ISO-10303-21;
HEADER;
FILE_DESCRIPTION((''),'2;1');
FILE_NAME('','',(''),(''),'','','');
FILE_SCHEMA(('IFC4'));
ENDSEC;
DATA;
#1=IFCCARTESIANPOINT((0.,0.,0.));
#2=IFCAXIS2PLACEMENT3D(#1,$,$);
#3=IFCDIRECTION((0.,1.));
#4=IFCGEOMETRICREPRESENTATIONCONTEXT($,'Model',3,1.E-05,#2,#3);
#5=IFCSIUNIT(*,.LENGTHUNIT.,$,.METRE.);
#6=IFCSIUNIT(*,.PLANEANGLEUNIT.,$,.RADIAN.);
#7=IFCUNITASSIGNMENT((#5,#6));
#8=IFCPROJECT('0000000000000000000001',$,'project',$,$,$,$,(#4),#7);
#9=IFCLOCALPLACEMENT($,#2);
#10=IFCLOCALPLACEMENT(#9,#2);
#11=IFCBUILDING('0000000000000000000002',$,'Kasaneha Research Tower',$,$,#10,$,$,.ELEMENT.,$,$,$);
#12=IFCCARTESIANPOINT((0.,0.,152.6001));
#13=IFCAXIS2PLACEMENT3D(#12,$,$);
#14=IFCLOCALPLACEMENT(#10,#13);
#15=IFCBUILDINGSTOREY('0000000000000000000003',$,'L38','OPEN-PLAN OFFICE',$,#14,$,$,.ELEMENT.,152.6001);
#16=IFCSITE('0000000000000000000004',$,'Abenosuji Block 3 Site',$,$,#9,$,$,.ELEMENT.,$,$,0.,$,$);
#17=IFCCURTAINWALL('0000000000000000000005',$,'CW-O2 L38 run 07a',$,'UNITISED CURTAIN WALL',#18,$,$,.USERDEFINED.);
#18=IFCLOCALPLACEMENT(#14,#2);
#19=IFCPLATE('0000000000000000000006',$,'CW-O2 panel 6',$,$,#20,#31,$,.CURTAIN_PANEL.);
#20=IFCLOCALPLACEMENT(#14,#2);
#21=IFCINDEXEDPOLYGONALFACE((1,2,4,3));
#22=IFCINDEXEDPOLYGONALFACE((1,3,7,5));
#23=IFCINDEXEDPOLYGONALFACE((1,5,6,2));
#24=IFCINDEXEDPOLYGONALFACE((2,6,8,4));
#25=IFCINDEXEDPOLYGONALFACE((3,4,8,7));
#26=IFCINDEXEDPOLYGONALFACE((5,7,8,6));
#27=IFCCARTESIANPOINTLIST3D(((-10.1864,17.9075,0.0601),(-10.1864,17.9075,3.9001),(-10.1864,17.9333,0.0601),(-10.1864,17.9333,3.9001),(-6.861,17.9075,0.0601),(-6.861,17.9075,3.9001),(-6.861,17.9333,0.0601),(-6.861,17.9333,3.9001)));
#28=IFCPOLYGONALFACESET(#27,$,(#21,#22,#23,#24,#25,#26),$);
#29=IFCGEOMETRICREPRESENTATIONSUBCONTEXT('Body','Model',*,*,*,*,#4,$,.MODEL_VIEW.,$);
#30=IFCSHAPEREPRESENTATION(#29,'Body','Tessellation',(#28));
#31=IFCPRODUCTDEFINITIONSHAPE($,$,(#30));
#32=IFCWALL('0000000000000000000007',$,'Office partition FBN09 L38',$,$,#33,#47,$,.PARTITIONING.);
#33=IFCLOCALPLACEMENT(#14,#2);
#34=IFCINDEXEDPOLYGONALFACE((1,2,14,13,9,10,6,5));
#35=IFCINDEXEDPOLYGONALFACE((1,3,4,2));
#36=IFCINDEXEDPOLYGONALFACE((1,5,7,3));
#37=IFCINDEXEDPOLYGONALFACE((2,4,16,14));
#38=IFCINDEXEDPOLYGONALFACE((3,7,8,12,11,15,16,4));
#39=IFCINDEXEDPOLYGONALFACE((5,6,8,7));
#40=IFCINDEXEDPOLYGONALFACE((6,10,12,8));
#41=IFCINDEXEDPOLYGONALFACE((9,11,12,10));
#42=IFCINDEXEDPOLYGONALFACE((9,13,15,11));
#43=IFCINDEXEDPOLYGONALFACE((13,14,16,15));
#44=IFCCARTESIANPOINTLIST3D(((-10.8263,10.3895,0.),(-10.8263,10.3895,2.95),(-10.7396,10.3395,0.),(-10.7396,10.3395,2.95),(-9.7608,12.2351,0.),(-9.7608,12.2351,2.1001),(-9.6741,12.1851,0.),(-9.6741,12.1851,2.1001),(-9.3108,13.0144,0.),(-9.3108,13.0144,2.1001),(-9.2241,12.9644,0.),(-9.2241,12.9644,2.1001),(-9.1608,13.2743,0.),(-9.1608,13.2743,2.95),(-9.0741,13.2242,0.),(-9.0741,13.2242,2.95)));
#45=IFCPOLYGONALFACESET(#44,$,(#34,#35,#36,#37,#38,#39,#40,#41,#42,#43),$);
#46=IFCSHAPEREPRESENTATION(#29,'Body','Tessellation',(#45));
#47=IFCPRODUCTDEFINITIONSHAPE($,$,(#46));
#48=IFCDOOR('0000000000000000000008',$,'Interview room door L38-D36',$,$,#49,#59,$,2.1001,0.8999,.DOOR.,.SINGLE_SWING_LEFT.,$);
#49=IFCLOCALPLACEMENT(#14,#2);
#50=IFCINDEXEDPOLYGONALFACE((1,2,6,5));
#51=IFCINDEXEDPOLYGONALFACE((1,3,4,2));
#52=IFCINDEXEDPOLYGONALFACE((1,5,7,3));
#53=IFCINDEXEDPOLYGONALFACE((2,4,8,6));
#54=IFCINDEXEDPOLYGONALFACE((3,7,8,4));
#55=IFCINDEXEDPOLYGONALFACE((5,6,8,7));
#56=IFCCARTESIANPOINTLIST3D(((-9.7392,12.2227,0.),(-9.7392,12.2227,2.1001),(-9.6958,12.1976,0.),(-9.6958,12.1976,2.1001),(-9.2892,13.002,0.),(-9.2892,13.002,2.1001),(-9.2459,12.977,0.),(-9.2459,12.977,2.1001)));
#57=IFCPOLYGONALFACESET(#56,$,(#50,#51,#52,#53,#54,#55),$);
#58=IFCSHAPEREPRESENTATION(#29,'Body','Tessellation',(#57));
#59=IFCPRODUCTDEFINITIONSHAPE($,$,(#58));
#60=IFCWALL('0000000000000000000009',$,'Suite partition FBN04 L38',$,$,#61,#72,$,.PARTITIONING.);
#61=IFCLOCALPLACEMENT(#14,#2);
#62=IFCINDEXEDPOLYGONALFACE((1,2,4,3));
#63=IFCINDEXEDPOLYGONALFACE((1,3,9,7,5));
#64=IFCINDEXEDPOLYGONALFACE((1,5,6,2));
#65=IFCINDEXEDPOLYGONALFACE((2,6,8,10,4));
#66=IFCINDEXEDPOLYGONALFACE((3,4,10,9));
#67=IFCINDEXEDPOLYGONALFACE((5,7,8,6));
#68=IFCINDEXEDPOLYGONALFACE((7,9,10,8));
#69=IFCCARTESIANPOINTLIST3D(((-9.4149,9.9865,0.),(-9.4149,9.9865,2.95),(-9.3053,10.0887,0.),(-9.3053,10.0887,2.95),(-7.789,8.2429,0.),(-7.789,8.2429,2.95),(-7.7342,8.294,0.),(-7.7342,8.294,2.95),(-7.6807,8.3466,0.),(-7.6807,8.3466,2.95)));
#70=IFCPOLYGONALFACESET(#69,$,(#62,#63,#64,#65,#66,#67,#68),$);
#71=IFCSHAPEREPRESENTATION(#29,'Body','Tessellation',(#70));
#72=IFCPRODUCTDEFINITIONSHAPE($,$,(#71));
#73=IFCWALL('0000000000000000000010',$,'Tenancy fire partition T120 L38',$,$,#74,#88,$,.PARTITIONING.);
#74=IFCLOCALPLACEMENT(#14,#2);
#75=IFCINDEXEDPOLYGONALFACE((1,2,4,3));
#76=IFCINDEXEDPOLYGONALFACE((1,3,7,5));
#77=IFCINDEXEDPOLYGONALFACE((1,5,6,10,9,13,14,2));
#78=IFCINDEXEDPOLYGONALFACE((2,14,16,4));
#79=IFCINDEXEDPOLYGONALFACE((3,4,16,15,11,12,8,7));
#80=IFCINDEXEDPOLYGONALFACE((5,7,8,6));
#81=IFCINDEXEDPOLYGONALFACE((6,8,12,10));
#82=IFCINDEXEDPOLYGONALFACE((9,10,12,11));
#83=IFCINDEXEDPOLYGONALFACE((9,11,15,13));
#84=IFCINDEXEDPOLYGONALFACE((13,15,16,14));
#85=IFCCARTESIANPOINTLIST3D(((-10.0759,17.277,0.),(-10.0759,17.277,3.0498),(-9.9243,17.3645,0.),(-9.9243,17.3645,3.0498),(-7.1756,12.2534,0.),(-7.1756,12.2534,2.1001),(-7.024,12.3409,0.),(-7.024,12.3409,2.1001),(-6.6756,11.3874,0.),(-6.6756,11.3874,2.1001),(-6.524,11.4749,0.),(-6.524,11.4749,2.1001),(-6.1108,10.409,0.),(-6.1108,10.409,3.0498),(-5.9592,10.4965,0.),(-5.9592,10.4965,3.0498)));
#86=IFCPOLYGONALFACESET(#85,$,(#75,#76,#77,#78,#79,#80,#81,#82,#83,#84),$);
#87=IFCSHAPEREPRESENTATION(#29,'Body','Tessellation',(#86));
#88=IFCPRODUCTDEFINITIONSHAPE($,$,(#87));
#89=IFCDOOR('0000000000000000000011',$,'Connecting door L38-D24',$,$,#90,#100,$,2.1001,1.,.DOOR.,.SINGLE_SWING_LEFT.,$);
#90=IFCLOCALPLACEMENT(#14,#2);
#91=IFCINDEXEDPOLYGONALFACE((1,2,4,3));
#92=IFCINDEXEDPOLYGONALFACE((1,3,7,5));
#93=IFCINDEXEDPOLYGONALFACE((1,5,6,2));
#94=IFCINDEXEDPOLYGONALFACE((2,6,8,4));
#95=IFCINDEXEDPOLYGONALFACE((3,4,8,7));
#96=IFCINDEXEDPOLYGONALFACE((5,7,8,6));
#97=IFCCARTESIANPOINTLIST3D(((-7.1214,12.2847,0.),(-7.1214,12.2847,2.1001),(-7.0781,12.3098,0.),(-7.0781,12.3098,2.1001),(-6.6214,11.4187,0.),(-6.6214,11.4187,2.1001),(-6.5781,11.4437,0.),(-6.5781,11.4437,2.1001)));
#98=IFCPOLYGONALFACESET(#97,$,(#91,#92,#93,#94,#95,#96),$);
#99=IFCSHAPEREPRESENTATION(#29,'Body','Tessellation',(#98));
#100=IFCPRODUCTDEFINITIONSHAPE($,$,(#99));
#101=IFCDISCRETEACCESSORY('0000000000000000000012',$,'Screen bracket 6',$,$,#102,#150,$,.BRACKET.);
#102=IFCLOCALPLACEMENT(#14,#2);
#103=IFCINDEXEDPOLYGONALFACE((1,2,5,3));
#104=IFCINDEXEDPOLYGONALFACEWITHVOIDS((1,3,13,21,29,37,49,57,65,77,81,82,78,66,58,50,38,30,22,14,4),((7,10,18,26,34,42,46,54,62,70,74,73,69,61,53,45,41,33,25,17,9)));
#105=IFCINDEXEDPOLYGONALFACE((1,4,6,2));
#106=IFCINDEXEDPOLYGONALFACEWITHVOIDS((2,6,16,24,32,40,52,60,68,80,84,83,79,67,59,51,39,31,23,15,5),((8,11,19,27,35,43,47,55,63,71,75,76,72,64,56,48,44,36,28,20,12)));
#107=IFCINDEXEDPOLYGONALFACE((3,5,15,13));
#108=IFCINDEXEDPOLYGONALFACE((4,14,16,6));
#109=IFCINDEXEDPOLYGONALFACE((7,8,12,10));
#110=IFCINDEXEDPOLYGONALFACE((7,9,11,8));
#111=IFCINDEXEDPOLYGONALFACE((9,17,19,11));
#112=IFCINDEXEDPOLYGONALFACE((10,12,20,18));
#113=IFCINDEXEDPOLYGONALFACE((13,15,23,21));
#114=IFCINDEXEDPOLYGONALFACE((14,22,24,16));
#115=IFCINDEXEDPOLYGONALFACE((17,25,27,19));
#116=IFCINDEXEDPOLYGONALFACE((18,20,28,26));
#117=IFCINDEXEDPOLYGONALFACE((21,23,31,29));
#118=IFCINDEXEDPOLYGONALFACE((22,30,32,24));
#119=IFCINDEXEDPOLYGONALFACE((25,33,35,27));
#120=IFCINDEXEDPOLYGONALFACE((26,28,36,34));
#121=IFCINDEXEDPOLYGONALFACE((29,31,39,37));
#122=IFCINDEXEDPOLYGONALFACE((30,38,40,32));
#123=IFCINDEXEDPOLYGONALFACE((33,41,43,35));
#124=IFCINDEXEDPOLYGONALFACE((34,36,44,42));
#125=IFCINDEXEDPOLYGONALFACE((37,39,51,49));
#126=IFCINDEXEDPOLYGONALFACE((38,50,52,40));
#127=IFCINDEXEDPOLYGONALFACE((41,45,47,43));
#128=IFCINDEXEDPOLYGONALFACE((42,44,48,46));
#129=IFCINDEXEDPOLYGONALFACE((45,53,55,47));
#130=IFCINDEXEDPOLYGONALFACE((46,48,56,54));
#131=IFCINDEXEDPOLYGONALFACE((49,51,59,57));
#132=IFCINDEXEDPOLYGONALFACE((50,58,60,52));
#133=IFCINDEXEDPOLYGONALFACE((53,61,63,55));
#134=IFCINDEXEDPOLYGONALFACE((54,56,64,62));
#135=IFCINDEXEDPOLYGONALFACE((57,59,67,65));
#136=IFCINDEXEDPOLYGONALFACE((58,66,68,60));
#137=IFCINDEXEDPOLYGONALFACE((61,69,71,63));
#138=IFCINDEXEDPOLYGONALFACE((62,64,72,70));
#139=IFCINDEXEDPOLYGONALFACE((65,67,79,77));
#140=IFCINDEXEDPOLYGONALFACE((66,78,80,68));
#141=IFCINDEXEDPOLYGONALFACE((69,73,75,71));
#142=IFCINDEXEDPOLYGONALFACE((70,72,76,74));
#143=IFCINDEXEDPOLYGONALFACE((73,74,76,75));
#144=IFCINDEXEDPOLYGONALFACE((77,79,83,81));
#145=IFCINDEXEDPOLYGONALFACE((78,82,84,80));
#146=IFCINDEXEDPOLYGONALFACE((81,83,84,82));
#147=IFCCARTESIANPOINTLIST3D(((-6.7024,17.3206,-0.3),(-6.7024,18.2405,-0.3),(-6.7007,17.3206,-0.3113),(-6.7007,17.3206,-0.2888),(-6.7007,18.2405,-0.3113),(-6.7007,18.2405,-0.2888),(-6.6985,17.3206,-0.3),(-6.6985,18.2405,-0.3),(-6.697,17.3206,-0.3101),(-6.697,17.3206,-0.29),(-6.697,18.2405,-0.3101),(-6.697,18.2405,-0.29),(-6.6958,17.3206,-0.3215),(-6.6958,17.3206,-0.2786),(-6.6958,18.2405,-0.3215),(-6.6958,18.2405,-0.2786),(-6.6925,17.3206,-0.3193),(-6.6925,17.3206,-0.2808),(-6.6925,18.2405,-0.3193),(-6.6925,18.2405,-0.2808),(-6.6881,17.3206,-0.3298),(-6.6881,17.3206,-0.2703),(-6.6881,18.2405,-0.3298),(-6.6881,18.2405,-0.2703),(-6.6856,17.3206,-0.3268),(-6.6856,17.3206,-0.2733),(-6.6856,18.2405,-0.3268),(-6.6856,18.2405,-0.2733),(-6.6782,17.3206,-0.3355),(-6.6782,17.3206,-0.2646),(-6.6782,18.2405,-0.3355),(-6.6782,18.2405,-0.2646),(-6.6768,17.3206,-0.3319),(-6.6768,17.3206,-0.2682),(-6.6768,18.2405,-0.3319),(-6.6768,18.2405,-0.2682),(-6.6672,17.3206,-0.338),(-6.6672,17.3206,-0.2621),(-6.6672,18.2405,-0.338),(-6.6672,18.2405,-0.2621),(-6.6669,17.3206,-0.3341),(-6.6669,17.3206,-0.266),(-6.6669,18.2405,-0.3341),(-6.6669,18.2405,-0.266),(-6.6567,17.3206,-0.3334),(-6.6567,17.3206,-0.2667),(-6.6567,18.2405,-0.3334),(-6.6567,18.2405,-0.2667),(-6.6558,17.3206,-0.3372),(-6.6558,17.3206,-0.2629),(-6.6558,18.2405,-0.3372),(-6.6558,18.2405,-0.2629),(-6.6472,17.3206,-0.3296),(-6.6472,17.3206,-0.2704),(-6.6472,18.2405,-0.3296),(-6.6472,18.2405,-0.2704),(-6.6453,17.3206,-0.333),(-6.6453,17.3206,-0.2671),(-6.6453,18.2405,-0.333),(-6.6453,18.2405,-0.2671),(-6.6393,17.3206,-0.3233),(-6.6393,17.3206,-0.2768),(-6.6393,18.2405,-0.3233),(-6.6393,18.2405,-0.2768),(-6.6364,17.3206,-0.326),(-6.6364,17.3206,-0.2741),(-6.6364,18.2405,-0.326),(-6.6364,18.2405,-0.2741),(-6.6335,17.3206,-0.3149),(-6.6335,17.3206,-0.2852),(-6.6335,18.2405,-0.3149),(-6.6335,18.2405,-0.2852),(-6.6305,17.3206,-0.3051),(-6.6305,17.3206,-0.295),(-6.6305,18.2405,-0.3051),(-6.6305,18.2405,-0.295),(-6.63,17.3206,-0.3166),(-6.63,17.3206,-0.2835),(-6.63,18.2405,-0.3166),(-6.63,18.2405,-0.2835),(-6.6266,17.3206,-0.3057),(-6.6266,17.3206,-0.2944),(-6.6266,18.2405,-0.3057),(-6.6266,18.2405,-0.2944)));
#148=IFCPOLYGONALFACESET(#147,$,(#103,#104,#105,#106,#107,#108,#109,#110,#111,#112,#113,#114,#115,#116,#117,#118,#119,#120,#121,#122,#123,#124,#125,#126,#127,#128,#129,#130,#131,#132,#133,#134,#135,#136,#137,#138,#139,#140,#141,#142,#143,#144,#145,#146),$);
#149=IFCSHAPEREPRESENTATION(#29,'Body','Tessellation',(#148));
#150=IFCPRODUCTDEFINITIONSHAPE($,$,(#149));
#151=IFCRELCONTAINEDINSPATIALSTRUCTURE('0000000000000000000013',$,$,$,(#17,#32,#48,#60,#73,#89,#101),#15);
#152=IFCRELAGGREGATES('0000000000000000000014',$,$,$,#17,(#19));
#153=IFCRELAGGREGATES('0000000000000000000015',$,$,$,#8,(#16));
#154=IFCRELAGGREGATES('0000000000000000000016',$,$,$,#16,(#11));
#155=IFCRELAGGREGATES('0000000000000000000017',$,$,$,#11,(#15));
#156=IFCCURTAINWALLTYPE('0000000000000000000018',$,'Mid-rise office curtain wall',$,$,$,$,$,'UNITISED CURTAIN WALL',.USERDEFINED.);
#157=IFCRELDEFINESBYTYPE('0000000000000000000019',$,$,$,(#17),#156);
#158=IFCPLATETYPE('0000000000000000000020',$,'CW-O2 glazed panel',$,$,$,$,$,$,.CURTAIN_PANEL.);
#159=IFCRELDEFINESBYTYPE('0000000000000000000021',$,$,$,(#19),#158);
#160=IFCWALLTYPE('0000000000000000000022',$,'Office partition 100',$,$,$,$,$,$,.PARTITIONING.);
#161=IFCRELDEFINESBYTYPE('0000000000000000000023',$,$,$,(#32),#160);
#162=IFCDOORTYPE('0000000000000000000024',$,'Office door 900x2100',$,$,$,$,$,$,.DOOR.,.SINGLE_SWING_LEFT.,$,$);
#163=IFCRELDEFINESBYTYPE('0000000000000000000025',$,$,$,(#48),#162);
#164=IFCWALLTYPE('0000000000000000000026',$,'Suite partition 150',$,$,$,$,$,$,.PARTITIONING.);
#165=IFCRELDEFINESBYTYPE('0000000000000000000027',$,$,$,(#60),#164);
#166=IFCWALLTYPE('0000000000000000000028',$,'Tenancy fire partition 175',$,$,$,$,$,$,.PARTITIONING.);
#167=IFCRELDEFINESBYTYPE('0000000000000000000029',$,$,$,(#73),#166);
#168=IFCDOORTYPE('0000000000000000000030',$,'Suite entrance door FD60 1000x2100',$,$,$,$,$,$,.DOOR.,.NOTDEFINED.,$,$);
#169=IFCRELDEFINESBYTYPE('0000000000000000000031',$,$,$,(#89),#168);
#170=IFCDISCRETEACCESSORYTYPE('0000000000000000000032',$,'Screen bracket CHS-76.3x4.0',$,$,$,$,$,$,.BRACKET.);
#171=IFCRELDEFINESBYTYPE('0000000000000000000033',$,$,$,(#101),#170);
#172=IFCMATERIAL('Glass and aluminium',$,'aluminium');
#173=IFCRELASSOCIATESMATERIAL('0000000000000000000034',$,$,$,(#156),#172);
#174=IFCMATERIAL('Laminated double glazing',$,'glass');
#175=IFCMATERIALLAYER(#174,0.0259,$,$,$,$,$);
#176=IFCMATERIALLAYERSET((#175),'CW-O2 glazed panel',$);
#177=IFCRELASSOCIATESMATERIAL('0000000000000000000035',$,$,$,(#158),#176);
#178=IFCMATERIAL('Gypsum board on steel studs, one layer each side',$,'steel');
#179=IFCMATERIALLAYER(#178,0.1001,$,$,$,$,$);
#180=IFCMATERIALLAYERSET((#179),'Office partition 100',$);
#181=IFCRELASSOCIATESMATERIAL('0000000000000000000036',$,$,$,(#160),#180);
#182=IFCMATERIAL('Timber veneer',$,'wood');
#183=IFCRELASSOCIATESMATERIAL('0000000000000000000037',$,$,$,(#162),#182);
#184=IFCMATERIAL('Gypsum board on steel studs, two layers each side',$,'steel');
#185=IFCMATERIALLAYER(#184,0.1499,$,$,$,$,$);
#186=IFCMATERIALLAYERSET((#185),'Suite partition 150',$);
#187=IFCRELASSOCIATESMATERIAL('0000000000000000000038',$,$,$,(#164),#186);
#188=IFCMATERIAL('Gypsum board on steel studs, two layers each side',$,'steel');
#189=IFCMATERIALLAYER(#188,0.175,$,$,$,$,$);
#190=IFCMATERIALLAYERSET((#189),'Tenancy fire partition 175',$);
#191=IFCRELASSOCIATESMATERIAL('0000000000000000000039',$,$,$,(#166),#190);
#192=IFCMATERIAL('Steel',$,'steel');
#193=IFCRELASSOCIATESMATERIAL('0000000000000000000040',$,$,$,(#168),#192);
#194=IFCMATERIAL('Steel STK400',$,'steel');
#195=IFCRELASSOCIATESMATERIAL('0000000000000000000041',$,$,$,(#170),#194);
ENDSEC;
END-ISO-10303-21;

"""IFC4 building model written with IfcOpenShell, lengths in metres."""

from ifc_helpers import new_model, si_unit, direction, frame, frame_2d, origin, origin_2d, place, context, subcontext, project, spatial, polyline, rectangle, hollow_circle, outline, extrude, material, layer, layer_set, material_profile, profile_set, type_object, element, fill, aggregate, save


model = new_model("IFC4")

# Units and contexts
model_context = context("Model", 3, precision=1e-05, world=origin(), true_north=direction((0.0, 1.0)))
body_context = subcontext(model_context, "Body", "Model", "MODEL_VIEW")
ifc_project = project(units=[si_unit("LENGTHUNIT", "METRE"), si_unit("PLANEANGLEUNIT", "RADIAN")], contexts=[model_context])

# Site, building, storey
site_placement = place(None, origin())
site = spatial("IfcSite", under=ifc_project, at=site_placement, Name="Abenosuji Block 3 Site", CompositionType="ELEMENT", RefElevation=0.0)
building_placement = place(site_placement, origin())
building = spatial("IfcBuilding", under=site, at=building_placement, Name="Kasaneha Research Tower", CompositionType="ELEMENT")
storey_placement = place(building_placement, frame((0.0, 0.0, 152.6001)))
storey = spatial("IfcBuildingStorey", under=building, at=storey_placement, Name="L38", Description="OPEN-PLAN OFFICE", CompositionType="ELEMENT", Elevation=152.6001)

# Curtain wall
ifc_material_1 = material(Name="Glass and aluminium", Category="aluminium")
curtain_wall_type = type_object("IfcCurtainWallType", Name="Mid-rise office curtain wall", ElementType="UNITISED CURTAIN WALL", PredefinedType="USERDEFINED", material=ifc_material_1)
curtain_wall_placement = place(storey_placement, origin())
curtain_wall = element("IfcCurtainWall", 1, at=curtain_wall_placement, inside=storey, type_object=curtain_wall_type, Name="CW-O2 L38 run 07a", ObjectType="UNITISED CURTAIN WALL", PredefinedType="USERDEFINED")

# Plate
ifc_material_2 = material(Name="Laminated double glazing", Category="glass")
ifc_layer_1 = layer(ifc_material_2, 0.0259)
ifc_layer_set_1 = layer_set([ifc_layer_1], Name="CW-O2 glazed panel")
plate_type = type_object("IfcPlateType", Name="CW-O2 glazed panel", PredefinedType="CURTAIN_PANEL", material=ifc_layer_set_1)
plate_placement = place(storey_placement, frame((-8.5237, 17.9204, 0.0601), z_axis=(0.0, 0.0, 1.0), x_axis=(-1.0, 0.0, 0.0)))
plate = element("IfcPlate", 2, at=plate_placement, type_object=plate_type, Name="CW-O2 panel 6", PredefinedType="CURTAIN_PANEL", context=body_context, shape_type="SweptSolid", body=[
    extrude(rectangle(XDim=3.3254, YDim=0.0259, at=origin_2d()), origin(), (0.0, 0.0, 1.0), 3.8401),
])
aggregate(curtain_wall, [plate])

# Wall, opening, door
ifc_material_3 = material(Name="Gypsum board on steel studs, one layer each side", Category="steel")
ifc_layer_2 = layer(ifc_material_3, 0.1001)
ifc_layer_set_2 = layer_set([ifc_layer_2], Name="Office partition 100")
wall_type_1 = type_object("IfcWallType", Name="Office partition 100", PredefinedType="PARTITIONING", material=ifc_layer_set_2)
wall_1_placement = place(storey_placement, frame((-9.1174, 13.2493, 0.0), z_axis=(0.0, 0.0, 1.0), x_axis=(-0.500002, -0.866024, 0.0)))
wall_1 = element("IfcWall", 3, at=wall_1_placement, inside=storey, type_object=wall_type_1, Name="Office partition FBN09 L38", PredefinedType="PARTITIONING", context=body_context, shape_type="SweptSolid", body=[
    extrude(rectangle(XDim=3.3311, YDim=0.1001, at=frame_2d((1.6655, 0.0))), origin(), (0.0, 0.0, 1.0), 2.95),
])
opening_1_placement = place(wall_1_placement, frame((0.3, 0.0, 0.0)))
opening_1 = element("IfcOpeningElement", 4, at=opening_1_placement, cuts=wall_1, PredefinedType="OPENING", context=body_context, shape_type="SweptSolid", body=[
    extrude(rectangle(XDim=0.8999, YDim=2.1001, at=frame_2d((0.45, 1.05))), frame((0.0, 0.0601, 0.0), z_axis=(0.0, -1.0, 0.0), x_axis=(1.0, 0.0, 0.0)), (0.0, 0.0, 1.0), 0.1201),
])
ifc_material_4 = material(Name="Timber veneer", Category="wood")
door_type_1 = type_object("IfcDoorType", Name="Office door 900x2100", OperationType="SINGLE_SWING_LEFT", PredefinedType="DOOR", material=ifc_material_4)
door_1_placement = place(opening_1_placement, origin())
door_1 = element("IfcDoor", 5, at=door_1_placement, inside=storey, type_object=door_type_1, Name="Interview room door L38-D36", OperationType="SINGLE_SWING_LEFT", OverallHeight=2.1001, OverallWidth=0.8999, PredefinedType="DOOR", context=body_context, shape_type="SweptSolid", body=[
    extrude(rectangle(XDim=0.8999, YDim=2.1001, at=frame_2d((0.45, 1.05))), frame((0.0, 0.0249, 0.0), z_axis=(0.0, -1.0, 0.0), x_axis=(1.0, 0.0, 0.0)), (0.0, 0.0, 1.0), 0.05),
])
fill(opening_1, door_1)

# Wall
ifc_material_5 = material(Name="Gypsum board on steel studs, two layers each side", Category="steel")
ifc_layer_3 = layer(ifc_material_5, 0.1499)
ifc_layer_set_3 = layer_set([ifc_layer_3], Name="Suite partition 150")
wall_type_2 = type_object("IfcWallType", Name="Suite partition 150", PredefinedType="PARTITIONING", material=ifc_layer_set_3)
wall_2_placement = place(storey_placement, frame((-9.3601, 10.0376, 0.0), z_axis=(0.0, 0.0, 1.0), x_axis=(0.681997, -0.731355, 0.0)))
element("IfcWall", 6, at=wall_2_placement, inside=storey, type_object=wall_type_2, Name="Suite partition FBN04 L38", PredefinedType="PARTITIONING", context=body_context, shape_type="SweptSolid", body=[
    extrude(outline(polyline([(0.0, -0.075), (2.384, -0.075), (2.384, 0.0), (2.3821, 0.075), (0.0, 0.075), (0.0, -0.075)])), origin(), (0.0, 0.0, 1.0), 2.95),
])

# Wall, opening, door
ifc_material_6 = material(Name="Gypsum board on steel studs, two layers each side", Category="steel")
ifc_layer_4 = layer(ifc_material_6, 0.175)
ifc_layer_set_4 = layer_set([ifc_layer_4], Name="Tenancy fire partition 175")
wall_type_3 = type_object("IfcWallType", Name="Tenancy fire partition 175", PredefinedType="PARTITIONING", material=ifc_layer_set_4)
wall_3_placement = place(storey_placement, frame((-6.0349, 10.4526, 0.0), z_axis=(0.0, 0.0, 1.0), x_axis=(-0.49999, 0.866031, 0.0)))
wall_3 = element("IfcWall", 7, at=wall_3_placement, inside=storey, type_object=wall_type_3, Name="Tenancy fire partition T120 L38", PredefinedType="PARTITIONING", context=body_context, shape_type="SweptSolid", body=[
    extrude(rectangle(XDim=7.9304, YDim=0.175, at=frame_2d((3.9653, 0.0))), origin(), (0.0, 0.0, 1.0), 3.0498),
])
opening_2_placement = place(wall_3_placement, frame((1.1299, 0.0, 0.0)))
opening_2 = element("IfcOpeningElement", 8, at=opening_2_placement, cuts=wall_3, PredefinedType="OPENING", context=body_context, shape_type="SweptSolid", body=[
    extrude(rectangle(XDim=1.0, YDim=2.1001, at=frame_2d((0.5, 1.05))), frame((0.0, 0.0977, 0.0), z_axis=(0.0, -1.0, 0.0), x_axis=(1.0, 0.0, 0.0)), (0.0, 0.0, 1.0), 0.1951),
])
ifc_material_7 = material(Name="Steel", Category="steel")
door_type_2 = type_object("IfcDoorType", Name="Suite entrance door FD60 1000x2100", OperationType="NOTDEFINED", PredefinedType="DOOR", material=ifc_material_7)
door_2_placement = place(opening_2_placement, origin())
door_2 = element("IfcDoor", 9, at=door_2_placement, inside=storey, type_object=door_type_2, Name="Connecting door L38-D24", OperationType="SINGLE_SWING_LEFT", OverallHeight=2.1001, OverallWidth=1.0, PredefinedType="DOOR", context=body_context, shape_type="SweptSolid", body=[
    extrude(rectangle(XDim=1.0, YDim=2.1001, at=frame_2d((0.5, 1.05))), frame((0.0, 0.0249, 0.0), z_axis=(0.0, -1.0, 0.0), x_axis=(1.0, 0.0, 0.0)), (0.0, 0.0, 1.0), 0.05),
])
fill(opening_2, door_2)

# Discrete accessory
ifc_material_8 = material(Name="Steel STK400", Category="steel")
ifc_material_profile_1 = material_profile(ifc_material_8, hollow_circle(Radius=0.0381, WallThickness=0.0039, at=origin_2d()), Name="CHS-76.3x4.0")
ifc_profile_set_1 = profile_set([ifc_material_profile_1], Name="Steel STK400")
discrete_accessory_type = type_object("IfcDiscreteAccessoryType", Name="Screen bracket CHS-76.3x4.0", PredefinedType="BRACKET", material=ifc_profile_set_1)
for number, where, z_axis, x_axis, name in (
    (10, (-6.6643, 17.3206, -0.3), (0.0, 1.0, 0.0), (-1.0, 0.0, 0.0), "Screen bracket 6"),
):
    element("IfcDiscreteAccessory", number, at=place(storey_placement, frame(where, z_axis=z_axis, x_axis=x_axis)), inside=storey, type_object=discrete_accessory_type, Name=name, PredefinedType="BRACKET", context=body_context, shape_type="SweptSolid", body=[
        extrude(hollow_circle(Radius=0.0381, WallThickness=0.0039, at=origin_2d()), origin(), (0.0, 0.0, 1.0), 0.9199),
    ])

save(model, "model.ifc")
